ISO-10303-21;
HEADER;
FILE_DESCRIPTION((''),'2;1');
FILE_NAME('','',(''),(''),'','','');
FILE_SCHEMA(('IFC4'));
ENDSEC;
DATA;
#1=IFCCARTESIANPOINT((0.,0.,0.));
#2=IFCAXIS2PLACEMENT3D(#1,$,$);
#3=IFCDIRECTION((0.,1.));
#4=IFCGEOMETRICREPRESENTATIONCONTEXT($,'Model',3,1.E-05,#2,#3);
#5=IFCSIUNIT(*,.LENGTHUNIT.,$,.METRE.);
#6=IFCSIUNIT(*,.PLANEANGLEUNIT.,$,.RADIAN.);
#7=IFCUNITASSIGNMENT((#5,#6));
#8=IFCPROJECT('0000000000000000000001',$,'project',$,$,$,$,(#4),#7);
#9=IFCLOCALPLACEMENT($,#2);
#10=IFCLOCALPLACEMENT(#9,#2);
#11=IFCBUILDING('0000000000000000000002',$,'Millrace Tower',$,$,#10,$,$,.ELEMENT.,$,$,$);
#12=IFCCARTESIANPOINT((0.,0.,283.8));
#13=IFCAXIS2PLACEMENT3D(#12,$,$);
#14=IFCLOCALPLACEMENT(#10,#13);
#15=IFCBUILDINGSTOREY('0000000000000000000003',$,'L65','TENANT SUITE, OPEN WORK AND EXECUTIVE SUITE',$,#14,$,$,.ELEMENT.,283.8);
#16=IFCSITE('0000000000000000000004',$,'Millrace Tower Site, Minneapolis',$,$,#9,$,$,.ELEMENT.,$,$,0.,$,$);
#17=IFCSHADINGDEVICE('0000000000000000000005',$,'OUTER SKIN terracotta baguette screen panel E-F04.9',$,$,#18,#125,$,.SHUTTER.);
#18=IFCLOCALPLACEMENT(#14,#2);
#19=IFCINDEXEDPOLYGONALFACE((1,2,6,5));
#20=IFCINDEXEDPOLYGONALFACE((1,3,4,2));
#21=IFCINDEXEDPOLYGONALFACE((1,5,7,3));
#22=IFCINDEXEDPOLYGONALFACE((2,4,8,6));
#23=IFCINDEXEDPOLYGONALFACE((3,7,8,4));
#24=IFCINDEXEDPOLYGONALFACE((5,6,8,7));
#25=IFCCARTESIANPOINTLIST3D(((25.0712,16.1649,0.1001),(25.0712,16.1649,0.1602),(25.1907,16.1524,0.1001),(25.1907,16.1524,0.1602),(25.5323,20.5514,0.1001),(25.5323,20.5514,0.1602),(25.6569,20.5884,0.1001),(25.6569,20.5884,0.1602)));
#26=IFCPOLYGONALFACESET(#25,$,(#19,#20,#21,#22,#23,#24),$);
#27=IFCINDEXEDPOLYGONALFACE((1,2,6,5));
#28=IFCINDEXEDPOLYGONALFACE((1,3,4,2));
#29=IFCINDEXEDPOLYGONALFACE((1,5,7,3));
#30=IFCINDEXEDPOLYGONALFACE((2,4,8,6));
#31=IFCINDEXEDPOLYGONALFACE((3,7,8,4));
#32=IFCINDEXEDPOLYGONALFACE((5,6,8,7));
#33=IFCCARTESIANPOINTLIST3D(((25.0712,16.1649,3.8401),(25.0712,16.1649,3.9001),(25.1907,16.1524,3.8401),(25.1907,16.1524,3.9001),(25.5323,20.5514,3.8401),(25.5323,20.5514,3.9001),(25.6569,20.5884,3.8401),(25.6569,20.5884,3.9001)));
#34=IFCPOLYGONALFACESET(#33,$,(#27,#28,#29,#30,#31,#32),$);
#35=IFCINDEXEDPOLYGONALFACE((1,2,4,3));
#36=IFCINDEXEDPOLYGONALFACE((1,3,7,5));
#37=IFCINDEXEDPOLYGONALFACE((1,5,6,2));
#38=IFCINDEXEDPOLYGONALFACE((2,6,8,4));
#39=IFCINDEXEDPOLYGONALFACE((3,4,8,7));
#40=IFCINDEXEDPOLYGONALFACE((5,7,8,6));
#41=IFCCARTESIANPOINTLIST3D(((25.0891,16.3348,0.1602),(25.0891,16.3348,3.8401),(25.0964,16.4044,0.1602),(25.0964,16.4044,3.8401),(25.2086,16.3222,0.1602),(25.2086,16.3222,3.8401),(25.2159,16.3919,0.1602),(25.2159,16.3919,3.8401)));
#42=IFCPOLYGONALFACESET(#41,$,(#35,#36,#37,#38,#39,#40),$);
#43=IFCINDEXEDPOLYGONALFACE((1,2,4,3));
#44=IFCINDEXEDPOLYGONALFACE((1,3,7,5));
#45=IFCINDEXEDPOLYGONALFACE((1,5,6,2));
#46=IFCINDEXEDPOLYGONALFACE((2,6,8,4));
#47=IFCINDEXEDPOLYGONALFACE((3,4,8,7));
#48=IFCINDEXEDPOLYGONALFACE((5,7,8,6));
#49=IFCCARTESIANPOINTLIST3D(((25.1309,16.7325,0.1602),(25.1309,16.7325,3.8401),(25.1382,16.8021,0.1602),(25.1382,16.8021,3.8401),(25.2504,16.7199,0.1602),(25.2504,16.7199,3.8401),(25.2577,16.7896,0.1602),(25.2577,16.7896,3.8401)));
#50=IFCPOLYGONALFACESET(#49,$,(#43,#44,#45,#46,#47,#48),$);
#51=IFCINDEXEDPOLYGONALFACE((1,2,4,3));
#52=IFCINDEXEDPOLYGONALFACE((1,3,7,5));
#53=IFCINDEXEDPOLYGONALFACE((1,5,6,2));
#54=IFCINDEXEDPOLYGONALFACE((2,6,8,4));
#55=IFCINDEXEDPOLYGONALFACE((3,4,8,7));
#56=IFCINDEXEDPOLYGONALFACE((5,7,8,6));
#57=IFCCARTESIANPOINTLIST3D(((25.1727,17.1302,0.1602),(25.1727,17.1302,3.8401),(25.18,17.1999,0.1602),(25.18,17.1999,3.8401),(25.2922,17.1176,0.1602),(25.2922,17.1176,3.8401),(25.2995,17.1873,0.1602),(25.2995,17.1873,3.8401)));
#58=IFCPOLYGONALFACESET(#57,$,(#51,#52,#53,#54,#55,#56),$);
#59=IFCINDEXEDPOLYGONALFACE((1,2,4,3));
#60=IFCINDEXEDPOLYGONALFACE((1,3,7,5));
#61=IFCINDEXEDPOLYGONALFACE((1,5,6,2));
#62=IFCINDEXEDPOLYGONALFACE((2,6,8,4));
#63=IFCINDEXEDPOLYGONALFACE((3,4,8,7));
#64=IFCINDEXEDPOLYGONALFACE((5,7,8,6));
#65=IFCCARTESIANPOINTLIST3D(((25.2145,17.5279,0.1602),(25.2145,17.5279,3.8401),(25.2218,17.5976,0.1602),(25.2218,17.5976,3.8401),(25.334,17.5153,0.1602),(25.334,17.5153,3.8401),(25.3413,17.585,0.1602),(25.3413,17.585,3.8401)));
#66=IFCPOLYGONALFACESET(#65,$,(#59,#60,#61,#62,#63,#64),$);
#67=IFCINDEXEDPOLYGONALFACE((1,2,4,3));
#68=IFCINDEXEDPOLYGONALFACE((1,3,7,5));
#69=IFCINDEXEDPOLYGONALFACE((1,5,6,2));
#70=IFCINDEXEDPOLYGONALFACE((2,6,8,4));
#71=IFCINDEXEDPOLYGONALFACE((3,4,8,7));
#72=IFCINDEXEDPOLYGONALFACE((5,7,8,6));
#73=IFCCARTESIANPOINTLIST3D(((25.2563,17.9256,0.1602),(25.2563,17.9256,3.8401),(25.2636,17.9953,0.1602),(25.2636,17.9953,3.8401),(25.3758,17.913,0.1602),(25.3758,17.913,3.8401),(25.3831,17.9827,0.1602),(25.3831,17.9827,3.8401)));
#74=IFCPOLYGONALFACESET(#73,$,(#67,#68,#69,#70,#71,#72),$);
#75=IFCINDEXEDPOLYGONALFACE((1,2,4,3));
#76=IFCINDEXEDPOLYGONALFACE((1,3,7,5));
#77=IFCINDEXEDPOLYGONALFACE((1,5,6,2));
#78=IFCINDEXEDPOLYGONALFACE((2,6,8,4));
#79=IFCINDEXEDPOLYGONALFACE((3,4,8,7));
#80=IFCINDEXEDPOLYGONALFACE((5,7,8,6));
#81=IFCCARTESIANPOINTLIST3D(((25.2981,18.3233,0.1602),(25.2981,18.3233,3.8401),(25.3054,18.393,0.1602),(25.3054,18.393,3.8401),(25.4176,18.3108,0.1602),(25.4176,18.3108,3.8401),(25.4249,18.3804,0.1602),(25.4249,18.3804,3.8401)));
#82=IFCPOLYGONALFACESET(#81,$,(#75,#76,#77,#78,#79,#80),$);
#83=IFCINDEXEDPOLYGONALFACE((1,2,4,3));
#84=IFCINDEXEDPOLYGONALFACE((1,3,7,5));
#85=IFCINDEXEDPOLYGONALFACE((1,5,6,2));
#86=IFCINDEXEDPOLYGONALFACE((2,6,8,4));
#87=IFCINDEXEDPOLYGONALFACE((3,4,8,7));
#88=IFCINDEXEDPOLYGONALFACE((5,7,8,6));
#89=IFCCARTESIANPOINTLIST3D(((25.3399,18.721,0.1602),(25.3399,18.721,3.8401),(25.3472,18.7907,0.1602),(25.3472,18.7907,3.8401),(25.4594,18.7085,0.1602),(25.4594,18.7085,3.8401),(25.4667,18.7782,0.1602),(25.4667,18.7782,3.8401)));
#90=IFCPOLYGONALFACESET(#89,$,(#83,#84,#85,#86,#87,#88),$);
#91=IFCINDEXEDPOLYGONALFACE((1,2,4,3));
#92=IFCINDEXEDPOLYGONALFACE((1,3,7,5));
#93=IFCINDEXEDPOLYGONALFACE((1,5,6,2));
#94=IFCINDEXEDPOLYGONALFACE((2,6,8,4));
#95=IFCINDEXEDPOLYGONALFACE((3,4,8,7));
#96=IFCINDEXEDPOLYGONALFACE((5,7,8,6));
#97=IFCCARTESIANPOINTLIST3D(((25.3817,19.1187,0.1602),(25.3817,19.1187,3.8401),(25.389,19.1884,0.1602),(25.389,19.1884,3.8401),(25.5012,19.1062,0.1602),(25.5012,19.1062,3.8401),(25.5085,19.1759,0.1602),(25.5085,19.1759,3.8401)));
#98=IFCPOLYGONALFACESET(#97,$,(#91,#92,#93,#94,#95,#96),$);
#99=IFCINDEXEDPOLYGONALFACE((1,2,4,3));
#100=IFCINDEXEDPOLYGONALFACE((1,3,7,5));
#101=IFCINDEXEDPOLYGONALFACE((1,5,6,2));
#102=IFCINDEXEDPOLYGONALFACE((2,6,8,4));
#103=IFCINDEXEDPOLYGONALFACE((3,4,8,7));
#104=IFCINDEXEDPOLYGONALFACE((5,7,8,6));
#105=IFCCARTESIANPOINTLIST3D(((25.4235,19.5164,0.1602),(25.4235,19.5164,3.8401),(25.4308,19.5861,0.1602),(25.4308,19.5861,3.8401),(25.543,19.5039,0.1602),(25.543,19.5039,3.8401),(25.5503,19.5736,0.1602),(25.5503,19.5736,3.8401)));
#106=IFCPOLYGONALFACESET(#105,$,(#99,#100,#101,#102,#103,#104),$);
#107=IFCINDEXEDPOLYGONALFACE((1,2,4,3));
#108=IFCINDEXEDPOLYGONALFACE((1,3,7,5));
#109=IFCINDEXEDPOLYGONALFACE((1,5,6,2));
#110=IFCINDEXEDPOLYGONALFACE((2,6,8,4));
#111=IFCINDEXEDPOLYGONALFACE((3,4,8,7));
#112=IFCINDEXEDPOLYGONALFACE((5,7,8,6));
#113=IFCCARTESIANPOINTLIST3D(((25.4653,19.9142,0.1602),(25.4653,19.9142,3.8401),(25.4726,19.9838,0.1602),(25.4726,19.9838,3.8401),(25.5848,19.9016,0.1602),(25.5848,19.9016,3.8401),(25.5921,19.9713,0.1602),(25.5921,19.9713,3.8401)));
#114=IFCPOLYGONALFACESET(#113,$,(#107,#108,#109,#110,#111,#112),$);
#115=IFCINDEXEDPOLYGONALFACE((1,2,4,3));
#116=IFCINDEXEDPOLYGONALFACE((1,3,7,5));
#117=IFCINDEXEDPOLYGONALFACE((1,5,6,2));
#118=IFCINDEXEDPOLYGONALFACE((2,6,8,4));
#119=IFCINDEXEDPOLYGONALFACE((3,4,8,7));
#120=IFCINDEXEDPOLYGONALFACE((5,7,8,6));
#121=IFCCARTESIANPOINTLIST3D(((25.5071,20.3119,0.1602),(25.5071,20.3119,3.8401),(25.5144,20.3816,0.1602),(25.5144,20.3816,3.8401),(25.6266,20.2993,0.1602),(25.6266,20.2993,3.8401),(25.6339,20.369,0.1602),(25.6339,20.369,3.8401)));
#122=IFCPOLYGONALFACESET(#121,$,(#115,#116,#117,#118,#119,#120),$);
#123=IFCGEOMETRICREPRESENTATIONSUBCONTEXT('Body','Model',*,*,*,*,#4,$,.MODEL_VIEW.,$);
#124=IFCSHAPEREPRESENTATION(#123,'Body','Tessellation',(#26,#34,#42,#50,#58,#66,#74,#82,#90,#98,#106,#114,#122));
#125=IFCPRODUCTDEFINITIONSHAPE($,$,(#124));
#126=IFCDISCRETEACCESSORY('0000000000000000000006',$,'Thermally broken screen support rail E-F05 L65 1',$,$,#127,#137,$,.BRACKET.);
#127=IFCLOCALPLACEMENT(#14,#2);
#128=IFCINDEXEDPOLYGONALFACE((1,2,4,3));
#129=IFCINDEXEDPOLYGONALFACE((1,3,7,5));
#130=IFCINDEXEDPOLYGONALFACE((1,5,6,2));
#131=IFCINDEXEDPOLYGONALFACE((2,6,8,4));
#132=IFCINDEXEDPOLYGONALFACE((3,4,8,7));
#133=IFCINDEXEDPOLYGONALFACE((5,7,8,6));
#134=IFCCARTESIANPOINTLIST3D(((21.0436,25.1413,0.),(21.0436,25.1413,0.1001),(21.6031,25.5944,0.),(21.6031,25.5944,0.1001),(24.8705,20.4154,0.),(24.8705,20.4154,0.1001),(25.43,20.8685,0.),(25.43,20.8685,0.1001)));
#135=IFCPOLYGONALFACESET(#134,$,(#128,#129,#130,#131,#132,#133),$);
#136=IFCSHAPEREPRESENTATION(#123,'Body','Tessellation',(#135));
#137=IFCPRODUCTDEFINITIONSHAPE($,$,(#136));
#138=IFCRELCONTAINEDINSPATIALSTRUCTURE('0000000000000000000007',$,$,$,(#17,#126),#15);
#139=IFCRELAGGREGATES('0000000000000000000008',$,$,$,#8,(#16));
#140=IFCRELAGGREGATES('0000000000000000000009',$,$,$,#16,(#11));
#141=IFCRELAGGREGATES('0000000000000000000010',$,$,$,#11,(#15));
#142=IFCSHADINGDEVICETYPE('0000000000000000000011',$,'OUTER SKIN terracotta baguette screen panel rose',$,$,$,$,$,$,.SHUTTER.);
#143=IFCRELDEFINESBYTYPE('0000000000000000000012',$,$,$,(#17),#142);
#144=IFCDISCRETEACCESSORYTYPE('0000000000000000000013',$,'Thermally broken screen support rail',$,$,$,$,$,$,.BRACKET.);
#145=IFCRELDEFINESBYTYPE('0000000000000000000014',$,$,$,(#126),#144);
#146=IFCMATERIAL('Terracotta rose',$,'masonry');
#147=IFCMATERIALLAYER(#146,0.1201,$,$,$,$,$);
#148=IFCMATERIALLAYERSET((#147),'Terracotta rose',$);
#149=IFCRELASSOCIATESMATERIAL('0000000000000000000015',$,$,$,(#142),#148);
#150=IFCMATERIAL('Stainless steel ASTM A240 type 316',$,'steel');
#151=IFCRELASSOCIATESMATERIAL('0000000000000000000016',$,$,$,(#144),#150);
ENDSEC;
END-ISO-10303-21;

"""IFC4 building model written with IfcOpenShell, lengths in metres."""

from ifc_helpers import new_model, entity, si_unit, direction, frame, frame_2d, origin, origin_2d, place, context, subcontext, project, spatial, rectangle, extrude, source, transform, mapped, material, layer, layer_set, type_object, element, save


model = new_model("IFC4")

# Units and contexts
model_context = context("Model", 3, precision=1e-05, world=origin(), true_north=direction((0.0, 1.0)))
body_context = subcontext(model_context, "Body", "Model", "MODEL_VIEW")
ifc_project = project(units=[si_unit("LENGTHUNIT", "METRE"), si_unit("PLANEANGLEUNIT", "RADIAN")], contexts=[model_context])

# Site, building, storey
site_placement = place(None, origin())
site = spatial("IfcSite", under=ifc_project, at=site_placement, Name="Millrace Tower Site, Minneapolis", CompositionType="ELEMENT", RefElevation=0.0)
building_placement = place(site_placement, origin())
building = spatial("IfcBuilding", under=site, at=building_placement, Name="Millrace Tower", CompositionType="ELEMENT")
storey_placement = place(building_placement, frame((0.0, 0.0, 283.8)))
storey = spatial("IfcBuildingStorey", under=building, at=storey_placement, Name="L65", Description="TENANT SUITE, OPEN WORK AND EXECUTIVE SUITE", CompositionType="ELEMENT", Elevation=283.8)

# Shading device
ifc_material_1 = material(Name="Terracotta rose", Category="masonry")
ifc_layer_1 = layer(ifc_material_1, 0.1201)
ifc_layer_set_1 = layer_set([ifc_layer_1], Name="Terracotta rose")
shading_device_type = type_object("IfcShadingDeviceType", Name="OUTER SKIN terracotta baguette screen panel rose", PredefinedType="SHUTTER", material=ifc_layer_set_1)
cartesian_point_1 = entity("IfcCartesianPoint", [-2.2178, 0.0601])
shared_polyline_1 = entity("IfcPolyline", [cartesian_point_1, entity("IfcCartesianPoint", [2.1929, 0.0601]), entity("IfcCartesianPoint", [2.2427, -0.0601]), entity("IfcCartesianPoint", [-2.2178, -0.0601]), cartesian_point_1])
shared_shape_1 = source(origin(), body_context, "Body", "SweptSolid", [
    entity("IfcExtrudedAreaSolid", entity("IfcArbitraryClosedProfileDef", "AREA", None, shared_polyline_1), entity("IfcAxis2Placement3D", entity("IfcCartesianPoint", [0.0, 0.0, 0.0])), entity("IfcDirection", [0.0, 0.0, 1.0]), 0.0601),
    entity("IfcExtrudedAreaSolid", entity("IfcArbitraryClosedProfileDef", "AREA", None, shared_polyline_1), entity("IfcAxis2Placement3D", entity("IfcCartesianPoint", [0.0, 0.0, 3.74])), entity("IfcDirection", [0.0, 0.0, 1.0]), 0.0601),
    extrude(rectangle(XDim=0.0701, YDim=0.1201, at=frame_2d((-2.012, 0.0))), frame((0.0, 0.0, 0.0601)), (0.0, 0.0, 1.0), 3.6799),
    extrude(rectangle(XDim=0.0701, YDim=0.1201, at=frame_2d((-1.6121, 0.0))), frame((0.0, 0.0, 0.0601)), (0.0, 0.0, 1.0), 3.6799),
    extrude(rectangle(XDim=0.0701, YDim=0.1201, at=frame_2d((-1.2122, 0.0))), frame((0.0, 0.0, 0.0601)), (0.0, 0.0, 1.0), 3.6799),
    extrude(rectangle(XDim=0.0701, YDim=0.1201, at=frame_2d((-0.8123, 0.0))), frame((0.0, 0.0, 0.0601)), (0.0, 0.0, 1.0), 3.6799),
    extrude(rectangle(XDim=0.0701, YDim=0.1201, at=frame_2d((-0.4124, 0.0))), frame((0.0, 0.0, 0.0601)), (0.0, 0.0, 1.0), 3.6799),
    extrude(rectangle(XDim=0.0701, YDim=0.1201, at=frame_2d((-0.0125, 0.0))), frame((0.0, 0.0, 0.0601)), (0.0, 0.0, 1.0), 3.6799),
    extrude(rectangle(XDim=0.0701, YDim=0.1201, at=frame_2d((0.3875, 0.0))), frame((0.0, 0.0, 0.0601)), (0.0, 0.0, 1.0), 3.6799),
    extrude(rectangle(XDim=0.0701, YDim=0.1201, at=frame_2d((0.7874, 0.0))), frame((0.0, 0.0, 0.0601)), (0.0, 0.0, 1.0), 3.6799),
    extrude(rectangle(XDim=0.0701, YDim=0.1201, at=frame_2d((1.1873, 0.0))), frame((0.0, 0.0, 0.0601)), (0.0, 0.0, 1.0), 3.6799),
    extrude(rectangle(XDim=0.0701, YDim=0.1201, at=frame_2d((1.5872, 0.0))), frame((0.0, 0.0, 0.0601)), (0.0, 0.0, 1.0), 3.6799),
    extrude(rectangle(XDim=0.0701, YDim=0.1201, at=frame_2d((1.9871, 0.0))), frame((0.0, 0.0, 0.0601)), (0.0, 0.0, 1.0), 3.6799),
])
shading_device_1_placement = place(storey_placement, frame((25.3628, 18.3643, 0.1001), z_axis=(0.0, 0.0, 1.0), x_axis=(0.104528, 0.994522, 0.0)))
element("IfcShadingDevice", 1, at=shading_device_1_placement, inside=storey, type_object=shading_device_type, Name="OUTER SKIN terracotta baguette screen panel E-F04.9", PredefinedType="SHUTTER", context=body_context, shape_type="MappedRepresentation", body=[
    mapped(shared_shape_1, transform((0.0, 0.0, 0.0), scale=1.0)),
])

# Discrete accessory
ifc_material_2 = material(Name="Stainless steel ASTM A240 type 316", Category="steel")
discrete_accessory_type = type_object("IfcDiscreteAccessoryType", Name="Thermally broken screen support rail", PredefinedType="BRACKET", material=ifc_material_2)
discrete_accessory_placement = place(storey_placement, frame((23.2368, 23.0049, 0.0), z_axis=(0.0, 0.0, 1.0), x_axis=(-0.62932, 0.777146, 0.0)))
element("IfcDiscreteAccessory", 2, at=discrete_accessory_placement, inside=storey, type_object=discrete_accessory_type, Name="Thermally broken screen support rail E-F05 L65 1", PredefinedType="BRACKET", context=body_context, shape_type="SweptSolid", body=[
    extrude(rectangle(XDim=6.0811, YDim=0.72, at=origin_2d()), origin(), (0.0, 0.0, 1.0), 0.1001),
])

save(model, "model.ifc")
